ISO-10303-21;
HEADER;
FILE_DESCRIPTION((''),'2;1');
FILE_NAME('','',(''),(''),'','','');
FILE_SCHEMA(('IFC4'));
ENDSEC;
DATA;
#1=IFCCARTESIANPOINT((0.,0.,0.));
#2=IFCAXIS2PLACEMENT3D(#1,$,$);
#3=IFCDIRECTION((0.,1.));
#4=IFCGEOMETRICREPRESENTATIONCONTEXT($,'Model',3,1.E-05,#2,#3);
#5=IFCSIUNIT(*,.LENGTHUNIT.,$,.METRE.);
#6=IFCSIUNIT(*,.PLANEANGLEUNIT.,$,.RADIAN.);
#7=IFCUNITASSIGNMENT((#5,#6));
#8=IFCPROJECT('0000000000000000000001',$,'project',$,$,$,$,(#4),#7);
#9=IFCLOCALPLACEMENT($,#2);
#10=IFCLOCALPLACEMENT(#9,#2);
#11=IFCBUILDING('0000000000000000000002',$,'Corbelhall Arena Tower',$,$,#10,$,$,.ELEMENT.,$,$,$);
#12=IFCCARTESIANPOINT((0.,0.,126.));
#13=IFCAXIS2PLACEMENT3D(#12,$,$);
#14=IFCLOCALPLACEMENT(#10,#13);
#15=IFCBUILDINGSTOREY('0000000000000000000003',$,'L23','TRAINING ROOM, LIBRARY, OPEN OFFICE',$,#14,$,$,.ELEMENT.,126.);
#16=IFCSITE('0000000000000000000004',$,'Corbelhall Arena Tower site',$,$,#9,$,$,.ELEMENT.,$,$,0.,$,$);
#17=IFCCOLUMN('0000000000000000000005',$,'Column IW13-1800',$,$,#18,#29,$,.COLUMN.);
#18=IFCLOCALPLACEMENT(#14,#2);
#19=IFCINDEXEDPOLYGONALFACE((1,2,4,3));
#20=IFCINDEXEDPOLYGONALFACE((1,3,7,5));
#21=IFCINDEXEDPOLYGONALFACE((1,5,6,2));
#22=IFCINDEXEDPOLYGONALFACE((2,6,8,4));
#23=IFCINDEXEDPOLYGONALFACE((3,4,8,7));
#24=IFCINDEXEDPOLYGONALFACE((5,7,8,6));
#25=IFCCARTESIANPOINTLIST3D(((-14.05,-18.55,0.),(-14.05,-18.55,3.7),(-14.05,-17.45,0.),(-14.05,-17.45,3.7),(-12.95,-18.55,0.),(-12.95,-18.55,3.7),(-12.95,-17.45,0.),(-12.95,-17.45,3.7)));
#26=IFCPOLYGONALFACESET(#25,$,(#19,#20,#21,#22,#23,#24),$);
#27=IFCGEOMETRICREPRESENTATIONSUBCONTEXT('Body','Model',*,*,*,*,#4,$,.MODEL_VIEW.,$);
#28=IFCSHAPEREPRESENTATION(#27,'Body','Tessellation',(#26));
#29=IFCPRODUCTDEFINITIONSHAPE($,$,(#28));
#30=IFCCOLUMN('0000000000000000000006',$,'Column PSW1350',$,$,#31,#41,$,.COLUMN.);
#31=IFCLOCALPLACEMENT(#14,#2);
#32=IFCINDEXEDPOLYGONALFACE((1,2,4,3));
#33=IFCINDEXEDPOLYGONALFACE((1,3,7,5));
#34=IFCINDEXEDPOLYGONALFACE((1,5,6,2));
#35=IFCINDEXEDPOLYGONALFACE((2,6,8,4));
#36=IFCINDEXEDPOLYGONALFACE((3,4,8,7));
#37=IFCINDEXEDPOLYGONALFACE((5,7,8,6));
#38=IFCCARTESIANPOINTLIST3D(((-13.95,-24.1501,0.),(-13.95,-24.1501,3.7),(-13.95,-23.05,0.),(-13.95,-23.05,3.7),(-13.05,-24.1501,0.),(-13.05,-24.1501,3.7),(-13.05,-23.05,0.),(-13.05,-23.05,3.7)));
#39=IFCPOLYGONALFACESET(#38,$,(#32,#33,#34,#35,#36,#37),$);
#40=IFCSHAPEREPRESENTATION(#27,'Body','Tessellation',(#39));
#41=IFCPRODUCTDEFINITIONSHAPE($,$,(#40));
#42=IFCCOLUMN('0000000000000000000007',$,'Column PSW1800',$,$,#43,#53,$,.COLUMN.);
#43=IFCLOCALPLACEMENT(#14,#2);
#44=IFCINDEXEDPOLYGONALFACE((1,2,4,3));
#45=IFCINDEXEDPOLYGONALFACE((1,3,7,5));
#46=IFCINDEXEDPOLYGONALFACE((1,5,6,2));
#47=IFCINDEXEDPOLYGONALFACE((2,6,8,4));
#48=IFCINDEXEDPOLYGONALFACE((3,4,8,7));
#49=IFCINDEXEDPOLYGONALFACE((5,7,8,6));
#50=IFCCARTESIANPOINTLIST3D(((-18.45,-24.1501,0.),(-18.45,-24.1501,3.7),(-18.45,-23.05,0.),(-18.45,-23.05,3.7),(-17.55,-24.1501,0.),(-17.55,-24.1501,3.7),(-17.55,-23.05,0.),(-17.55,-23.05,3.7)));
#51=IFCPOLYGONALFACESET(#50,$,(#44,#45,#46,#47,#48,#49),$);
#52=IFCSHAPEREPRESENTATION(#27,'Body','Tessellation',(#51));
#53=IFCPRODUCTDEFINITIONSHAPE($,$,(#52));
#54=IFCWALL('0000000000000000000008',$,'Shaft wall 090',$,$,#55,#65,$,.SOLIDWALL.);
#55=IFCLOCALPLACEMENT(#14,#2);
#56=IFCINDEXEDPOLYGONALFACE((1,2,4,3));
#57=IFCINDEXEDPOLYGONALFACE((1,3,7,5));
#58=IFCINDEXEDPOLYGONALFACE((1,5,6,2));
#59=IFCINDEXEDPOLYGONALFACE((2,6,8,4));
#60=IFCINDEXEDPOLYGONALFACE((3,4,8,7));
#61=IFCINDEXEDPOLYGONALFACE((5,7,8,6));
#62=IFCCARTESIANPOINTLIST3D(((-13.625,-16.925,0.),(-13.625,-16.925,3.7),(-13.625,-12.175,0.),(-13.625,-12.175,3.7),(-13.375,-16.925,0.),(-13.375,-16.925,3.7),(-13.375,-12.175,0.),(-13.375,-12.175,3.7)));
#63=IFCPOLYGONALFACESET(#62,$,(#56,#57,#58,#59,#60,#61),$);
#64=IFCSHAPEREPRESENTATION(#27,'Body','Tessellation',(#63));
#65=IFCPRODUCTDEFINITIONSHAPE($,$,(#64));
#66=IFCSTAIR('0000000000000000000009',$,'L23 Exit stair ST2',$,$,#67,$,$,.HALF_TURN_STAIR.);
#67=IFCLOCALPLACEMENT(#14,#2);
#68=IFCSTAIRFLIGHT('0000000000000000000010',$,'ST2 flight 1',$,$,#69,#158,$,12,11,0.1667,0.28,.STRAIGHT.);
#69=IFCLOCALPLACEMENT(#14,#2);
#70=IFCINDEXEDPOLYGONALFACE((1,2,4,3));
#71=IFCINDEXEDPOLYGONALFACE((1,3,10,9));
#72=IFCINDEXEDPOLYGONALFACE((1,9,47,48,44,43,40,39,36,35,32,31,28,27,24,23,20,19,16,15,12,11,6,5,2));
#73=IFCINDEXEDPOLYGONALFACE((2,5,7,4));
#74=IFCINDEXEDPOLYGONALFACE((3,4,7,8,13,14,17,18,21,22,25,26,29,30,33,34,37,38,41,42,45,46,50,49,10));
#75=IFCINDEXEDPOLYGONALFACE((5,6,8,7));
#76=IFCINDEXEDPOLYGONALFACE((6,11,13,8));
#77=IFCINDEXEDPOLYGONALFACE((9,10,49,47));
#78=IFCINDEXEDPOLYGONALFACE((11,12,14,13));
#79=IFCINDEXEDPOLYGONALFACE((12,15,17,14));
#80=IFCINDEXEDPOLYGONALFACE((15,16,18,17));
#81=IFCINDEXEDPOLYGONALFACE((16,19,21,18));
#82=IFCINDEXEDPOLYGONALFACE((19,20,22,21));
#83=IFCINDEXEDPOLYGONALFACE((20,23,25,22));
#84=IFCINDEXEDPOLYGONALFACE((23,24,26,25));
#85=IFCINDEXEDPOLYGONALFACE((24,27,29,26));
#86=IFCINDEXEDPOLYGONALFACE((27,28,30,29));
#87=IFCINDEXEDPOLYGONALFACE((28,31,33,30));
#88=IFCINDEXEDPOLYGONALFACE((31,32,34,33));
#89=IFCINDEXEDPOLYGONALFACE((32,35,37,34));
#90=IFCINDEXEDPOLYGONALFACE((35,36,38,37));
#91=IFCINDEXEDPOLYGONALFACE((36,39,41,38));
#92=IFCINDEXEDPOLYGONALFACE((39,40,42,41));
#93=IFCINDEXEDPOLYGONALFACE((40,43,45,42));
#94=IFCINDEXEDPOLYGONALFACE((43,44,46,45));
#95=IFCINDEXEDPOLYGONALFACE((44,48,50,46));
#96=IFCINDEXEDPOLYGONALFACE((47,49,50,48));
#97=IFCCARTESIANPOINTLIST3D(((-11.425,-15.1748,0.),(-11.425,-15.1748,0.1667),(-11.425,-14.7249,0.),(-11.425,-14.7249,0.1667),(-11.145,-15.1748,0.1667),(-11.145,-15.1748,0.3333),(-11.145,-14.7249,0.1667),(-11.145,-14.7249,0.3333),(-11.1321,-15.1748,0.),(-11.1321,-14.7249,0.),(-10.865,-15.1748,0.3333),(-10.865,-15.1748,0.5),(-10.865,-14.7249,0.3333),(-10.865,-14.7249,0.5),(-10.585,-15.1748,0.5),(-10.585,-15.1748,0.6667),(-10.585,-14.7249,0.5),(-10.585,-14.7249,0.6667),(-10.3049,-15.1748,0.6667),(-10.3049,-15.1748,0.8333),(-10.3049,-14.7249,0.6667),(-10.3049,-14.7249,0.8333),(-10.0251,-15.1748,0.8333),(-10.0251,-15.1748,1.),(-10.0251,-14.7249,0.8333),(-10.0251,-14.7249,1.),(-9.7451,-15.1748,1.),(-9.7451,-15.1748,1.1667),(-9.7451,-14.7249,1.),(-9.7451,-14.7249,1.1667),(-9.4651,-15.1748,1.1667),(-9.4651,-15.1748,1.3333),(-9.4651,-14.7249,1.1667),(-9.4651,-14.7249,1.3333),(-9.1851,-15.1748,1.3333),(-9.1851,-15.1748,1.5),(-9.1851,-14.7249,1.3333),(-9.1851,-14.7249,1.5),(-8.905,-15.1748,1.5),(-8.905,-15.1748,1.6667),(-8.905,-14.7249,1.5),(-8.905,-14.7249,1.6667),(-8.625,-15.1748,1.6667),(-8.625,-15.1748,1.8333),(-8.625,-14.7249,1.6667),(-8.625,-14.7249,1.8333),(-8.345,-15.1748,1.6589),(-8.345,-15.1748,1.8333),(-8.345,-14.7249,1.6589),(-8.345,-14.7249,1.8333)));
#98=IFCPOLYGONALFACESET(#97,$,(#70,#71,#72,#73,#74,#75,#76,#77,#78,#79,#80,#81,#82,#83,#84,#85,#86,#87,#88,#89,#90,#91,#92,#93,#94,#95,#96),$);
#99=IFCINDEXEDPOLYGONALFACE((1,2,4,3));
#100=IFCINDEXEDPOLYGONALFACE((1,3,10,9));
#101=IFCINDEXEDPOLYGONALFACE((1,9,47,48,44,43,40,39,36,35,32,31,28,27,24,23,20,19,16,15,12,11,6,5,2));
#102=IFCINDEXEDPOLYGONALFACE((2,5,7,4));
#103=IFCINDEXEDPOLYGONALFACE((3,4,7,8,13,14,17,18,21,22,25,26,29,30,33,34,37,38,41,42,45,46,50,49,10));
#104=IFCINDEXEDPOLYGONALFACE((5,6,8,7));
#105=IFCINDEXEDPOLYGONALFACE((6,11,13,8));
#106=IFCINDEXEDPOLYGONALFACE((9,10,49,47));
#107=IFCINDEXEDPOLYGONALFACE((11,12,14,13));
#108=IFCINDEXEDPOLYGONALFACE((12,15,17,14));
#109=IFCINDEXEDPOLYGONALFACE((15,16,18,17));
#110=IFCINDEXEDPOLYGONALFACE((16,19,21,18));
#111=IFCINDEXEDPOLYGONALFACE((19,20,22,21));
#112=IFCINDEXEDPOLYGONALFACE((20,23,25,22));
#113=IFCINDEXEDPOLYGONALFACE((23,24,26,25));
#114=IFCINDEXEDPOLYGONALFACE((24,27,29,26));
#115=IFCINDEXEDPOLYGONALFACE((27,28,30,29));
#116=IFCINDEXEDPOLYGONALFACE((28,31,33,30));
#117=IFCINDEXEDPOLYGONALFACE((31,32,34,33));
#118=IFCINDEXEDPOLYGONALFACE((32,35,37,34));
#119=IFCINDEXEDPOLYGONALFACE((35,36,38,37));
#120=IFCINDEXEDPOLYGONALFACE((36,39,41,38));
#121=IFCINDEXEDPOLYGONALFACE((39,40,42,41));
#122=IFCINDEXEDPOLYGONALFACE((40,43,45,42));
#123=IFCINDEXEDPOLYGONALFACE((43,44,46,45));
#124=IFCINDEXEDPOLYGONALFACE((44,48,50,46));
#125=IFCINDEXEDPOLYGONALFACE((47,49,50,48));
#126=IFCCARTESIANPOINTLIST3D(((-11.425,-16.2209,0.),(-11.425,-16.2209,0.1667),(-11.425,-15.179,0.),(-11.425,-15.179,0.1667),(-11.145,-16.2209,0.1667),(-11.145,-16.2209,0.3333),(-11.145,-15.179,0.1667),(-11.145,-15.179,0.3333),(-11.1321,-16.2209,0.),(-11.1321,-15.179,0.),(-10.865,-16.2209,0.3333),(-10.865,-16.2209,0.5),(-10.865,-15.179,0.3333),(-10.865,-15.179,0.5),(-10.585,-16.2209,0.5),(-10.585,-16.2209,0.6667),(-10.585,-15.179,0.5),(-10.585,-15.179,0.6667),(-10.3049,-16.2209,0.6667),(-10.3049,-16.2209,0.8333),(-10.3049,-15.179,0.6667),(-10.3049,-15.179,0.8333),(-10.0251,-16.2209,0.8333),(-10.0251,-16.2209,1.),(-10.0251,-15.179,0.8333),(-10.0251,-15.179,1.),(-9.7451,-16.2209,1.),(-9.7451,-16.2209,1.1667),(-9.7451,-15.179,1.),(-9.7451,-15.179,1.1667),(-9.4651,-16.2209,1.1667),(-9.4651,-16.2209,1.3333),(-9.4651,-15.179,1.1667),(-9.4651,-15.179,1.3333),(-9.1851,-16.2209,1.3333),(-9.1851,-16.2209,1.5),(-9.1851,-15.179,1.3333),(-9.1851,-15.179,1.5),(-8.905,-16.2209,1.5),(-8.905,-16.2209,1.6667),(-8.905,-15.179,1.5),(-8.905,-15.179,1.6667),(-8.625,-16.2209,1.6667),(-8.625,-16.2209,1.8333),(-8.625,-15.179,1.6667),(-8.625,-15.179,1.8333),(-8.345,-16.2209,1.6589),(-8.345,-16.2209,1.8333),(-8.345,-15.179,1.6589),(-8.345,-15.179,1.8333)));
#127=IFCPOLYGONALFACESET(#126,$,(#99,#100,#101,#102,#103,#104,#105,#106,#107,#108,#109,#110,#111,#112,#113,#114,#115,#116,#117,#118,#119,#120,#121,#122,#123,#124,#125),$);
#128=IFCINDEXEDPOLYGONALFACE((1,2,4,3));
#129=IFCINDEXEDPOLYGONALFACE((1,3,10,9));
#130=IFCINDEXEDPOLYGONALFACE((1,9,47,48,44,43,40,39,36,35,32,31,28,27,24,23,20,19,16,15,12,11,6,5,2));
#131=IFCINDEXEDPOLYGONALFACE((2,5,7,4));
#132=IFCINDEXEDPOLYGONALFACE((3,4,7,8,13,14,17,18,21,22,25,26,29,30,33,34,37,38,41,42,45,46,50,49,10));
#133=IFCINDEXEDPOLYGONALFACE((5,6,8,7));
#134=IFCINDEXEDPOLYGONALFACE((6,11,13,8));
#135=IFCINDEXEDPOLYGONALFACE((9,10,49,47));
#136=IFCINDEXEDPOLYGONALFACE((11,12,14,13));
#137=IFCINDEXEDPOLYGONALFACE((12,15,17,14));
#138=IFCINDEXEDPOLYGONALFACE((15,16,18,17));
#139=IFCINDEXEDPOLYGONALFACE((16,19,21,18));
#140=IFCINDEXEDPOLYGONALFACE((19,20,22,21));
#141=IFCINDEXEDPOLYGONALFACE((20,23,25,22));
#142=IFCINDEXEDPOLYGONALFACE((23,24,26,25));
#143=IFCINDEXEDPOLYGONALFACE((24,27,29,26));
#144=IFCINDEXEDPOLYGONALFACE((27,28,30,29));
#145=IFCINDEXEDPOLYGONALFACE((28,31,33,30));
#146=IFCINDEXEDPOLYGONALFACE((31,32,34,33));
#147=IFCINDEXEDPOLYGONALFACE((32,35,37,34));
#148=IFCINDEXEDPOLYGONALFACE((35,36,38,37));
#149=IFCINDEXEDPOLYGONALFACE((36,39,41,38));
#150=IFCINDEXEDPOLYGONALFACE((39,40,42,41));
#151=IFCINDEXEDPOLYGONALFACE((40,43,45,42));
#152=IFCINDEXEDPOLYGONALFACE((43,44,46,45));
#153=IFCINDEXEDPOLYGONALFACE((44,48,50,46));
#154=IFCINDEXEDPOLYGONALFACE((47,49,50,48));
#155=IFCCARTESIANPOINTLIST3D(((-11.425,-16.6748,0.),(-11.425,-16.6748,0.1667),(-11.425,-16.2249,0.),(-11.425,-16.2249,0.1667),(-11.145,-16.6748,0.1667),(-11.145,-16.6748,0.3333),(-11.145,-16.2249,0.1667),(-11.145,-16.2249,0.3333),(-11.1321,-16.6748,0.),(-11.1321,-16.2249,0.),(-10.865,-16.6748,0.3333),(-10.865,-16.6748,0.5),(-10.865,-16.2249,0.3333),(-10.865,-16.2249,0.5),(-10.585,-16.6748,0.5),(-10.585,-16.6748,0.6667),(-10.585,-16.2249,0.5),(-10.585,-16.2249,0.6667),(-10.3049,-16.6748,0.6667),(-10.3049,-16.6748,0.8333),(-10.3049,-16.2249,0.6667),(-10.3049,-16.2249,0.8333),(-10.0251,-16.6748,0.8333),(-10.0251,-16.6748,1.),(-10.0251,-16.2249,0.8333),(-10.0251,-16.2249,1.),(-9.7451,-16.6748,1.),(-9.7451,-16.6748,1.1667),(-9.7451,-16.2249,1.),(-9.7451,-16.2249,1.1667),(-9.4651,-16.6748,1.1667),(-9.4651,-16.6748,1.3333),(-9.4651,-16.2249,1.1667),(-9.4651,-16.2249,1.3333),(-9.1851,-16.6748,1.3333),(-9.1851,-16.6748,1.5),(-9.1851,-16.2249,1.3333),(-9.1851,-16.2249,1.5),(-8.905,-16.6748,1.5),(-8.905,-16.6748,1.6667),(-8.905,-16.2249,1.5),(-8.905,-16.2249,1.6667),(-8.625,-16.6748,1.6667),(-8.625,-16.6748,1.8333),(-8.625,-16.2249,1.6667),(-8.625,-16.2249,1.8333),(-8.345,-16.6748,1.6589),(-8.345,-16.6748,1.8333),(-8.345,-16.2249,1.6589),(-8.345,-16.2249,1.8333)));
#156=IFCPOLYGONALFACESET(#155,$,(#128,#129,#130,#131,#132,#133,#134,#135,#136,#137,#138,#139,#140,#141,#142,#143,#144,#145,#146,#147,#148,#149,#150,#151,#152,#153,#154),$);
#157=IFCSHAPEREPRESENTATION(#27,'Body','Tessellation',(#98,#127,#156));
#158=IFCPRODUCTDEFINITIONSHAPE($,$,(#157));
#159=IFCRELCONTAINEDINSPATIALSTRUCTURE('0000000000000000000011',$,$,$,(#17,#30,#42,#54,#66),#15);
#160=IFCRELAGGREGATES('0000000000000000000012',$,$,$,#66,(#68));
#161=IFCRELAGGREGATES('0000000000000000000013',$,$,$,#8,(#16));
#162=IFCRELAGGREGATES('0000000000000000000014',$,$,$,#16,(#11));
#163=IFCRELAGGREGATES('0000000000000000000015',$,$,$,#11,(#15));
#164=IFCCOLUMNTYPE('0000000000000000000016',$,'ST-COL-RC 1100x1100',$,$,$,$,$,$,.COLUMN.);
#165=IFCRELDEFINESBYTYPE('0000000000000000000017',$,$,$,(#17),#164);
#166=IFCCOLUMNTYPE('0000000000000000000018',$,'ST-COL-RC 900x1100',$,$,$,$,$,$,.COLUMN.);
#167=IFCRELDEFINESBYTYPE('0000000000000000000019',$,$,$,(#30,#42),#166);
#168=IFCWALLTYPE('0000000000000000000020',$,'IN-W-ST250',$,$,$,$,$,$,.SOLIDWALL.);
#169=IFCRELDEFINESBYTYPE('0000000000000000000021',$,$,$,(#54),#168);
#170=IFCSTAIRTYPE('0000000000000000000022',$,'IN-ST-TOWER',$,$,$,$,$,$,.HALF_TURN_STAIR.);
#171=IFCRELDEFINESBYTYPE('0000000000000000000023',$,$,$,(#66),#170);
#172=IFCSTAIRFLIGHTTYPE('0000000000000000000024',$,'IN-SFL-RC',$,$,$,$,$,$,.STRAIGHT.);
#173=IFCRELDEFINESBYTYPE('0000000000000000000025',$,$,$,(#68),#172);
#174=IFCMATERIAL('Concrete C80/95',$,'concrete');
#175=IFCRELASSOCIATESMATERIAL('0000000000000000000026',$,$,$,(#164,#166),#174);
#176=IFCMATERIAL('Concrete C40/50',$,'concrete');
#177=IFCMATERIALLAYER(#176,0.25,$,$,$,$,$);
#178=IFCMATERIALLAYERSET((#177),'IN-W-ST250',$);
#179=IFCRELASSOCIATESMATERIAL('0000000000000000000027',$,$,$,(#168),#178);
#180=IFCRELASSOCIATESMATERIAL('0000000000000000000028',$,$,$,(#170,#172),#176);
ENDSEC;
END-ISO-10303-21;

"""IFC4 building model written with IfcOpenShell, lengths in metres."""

from ifc_helpers import new_model, si_unit, direction, frame, frame_2d, origin, origin_2d, place, context, subcontext, project, spatial, polyline, rectangle, outline, extrude, material, layer, layer_set, material_profile, profile_set, type_object, element, aggregate, save


model = new_model("IFC4")

# Units and contexts
model_context = context("Model", 3, precision=1e-05, world=origin(), true_north=direction((0.0, 1.0)))
body_context = subcontext(model_context, "Body", "Model", "MODEL_VIEW")
ifc_project = project(units=[si_unit("LENGTHUNIT", "METRE"), si_unit("PLANEANGLEUNIT", "RADIAN")], contexts=[model_context])

# Site, building, storey
site_placement = place(None, origin())
site = spatial("IfcSite", under=ifc_project, at=site_placement, Name="Corbelhall Arena Tower site", CompositionType="ELEMENT", RefElevation=0.0)
building_placement = place(site_placement, origin())
building = spatial("IfcBuilding", under=site, at=building_placement, Name="Corbelhall Arena Tower", CompositionType="ELEMENT")
storey_placement = place(building_placement, frame((0.0, 0.0, 126.0)))
storey = spatial("IfcBuildingStorey", under=building, at=storey_placement, Name="L23", Description="TRAINING ROOM, LIBRARY, OPEN OFFICE", CompositionType="ELEMENT", Elevation=126.0)

# Columns
ifc_material_1 = material(Name="Concrete C80/95", Category="concrete")
ifc_material_profile_1 = material_profile(ifc_material_1, rectangle(XDim=1.1001, YDim=1.1001, at=origin_2d()))
ifc_profile_set_1 = profile_set([ifc_material_profile_1], Name="Concrete C80/95")
column_type_1 = type_object("IfcColumnType", Name="ST-COL-RC 1100x1100", PredefinedType="COLUMN", material=ifc_profile_set_1)
column_placement = place(storey_placement, frame((-13.5, -18.0, 0.0), z_axis=(0.0, 0.0, 1.0), x_axis=(1.0, 0.0, 0.0)))
element("IfcColumn", 1, at=column_placement, inside=storey, type_object=column_type_1, Name="Column IW13-1800", PredefinedType="COLUMN", context=body_context, shape_type="SweptSolid", body=[
    extrude(rectangle(XDim=1.1001, YDim=1.1001, at=origin_2d()), origin(), (0.0, 0.0, 1.0), 3.7),
])
ifc_material_profile_2 = material_profile(ifc_material_1, rectangle(XDim=0.8999, YDim=1.1001, at=origin_2d()))
ifc_profile_set_2 = profile_set([ifc_material_profile_2], Name="Concrete C80/95")
column_type_2 = type_object("IfcColumnType", Name="ST-COL-RC 900x1100", PredefinedType="COLUMN", material=ifc_profile_set_2)
for number, where, z_axis, x_axis, name in (
    (2, (-13.5, -23.6001, 0.0), (0.0, 0.0, 1.0), (1.0, 0.0, 0.0), "Column PSW1350"),
    (3, (-18.0, -23.6001, 0.0), (0.0, 0.0, 1.0), (1.0, 0.0, 0.0), "Column PSW1800"),
):
    element("IfcColumn", number, at=place(storey_placement, frame(where, z_axis=z_axis, x_axis=x_axis)), inside=storey, type_object=column_type_2, Name=name, PredefinedType="COLUMN", context=body_context, shape_type="SweptSolid", body=[
        extrude(rectangle(XDim=0.8999, YDim=1.1001, at=origin_2d()), origin(), (0.0, 0.0, 1.0), 3.7),
    ])

# Wall
ifc_material_2 = material(Name="Concrete C40/50", Category="concrete")
ifc_layer_1 = layer(ifc_material_2, 0.25)
ifc_layer_set_1 = layer_set([ifc_layer_1], Name="IN-W-ST250")
wall_type_1 = type_object("IfcWallType", Name="IN-W-ST250", PredefinedType="SOLIDWALL", material=ifc_layer_set_1)
wall_1_placement = place(storey_placement, frame((-13.5, -12.175, 0.0), z_axis=(0.0, 0.0, 1.0), x_axis=(0.0, -1.0, 0.0)))
element("IfcWall", 4, at=wall_1_placement, inside=storey, type_object=wall_type_1, Name="Shaft wall 090", PredefinedType="SOLIDWALL", context=body_context, shape_type="SweptSolid", body=[
    extrude(rectangle(XDim=4.75, YDim=0.25, at=frame_2d((2.375, 0.0))), origin(), (0.0, 0.0, 1.0), 3.7),
])

# Stair, stair flight
stair_type = type_object("IfcStairType", Name="IN-ST-TOWER", PredefinedType="HALF_TURN_STAIR", material=ifc_material_2)
stair_placement = place(storey_placement, origin())
stair = element("IfcStair", 5, at=stair_placement, inside=storey, type_object=stair_type, Name="L23 Exit stair ST2", PredefinedType="HALF_TURN_STAIR")
stair_flight_type = type_object("IfcStairFlightType", Name="IN-SFL-RC", PredefinedType="STRAIGHT", material=ifc_material_2)
stair_flight_placement = place(storey_placement, frame((-11.425, -15.7, 0.0), z_axis=(0.0, 0.0, 1.0), x_axis=(1.0, 0.0, 0.0)))
stair_flight = element("IfcStairFlight", 6, at=stair_flight_placement, type_object=stair_flight_type, Name="ST2 flight 1", NumberOfRisers=12, NumberOfTreads=11, PredefinedType="STRAIGHT", RiserHeight=0.1667, TreadLength=0.28, context=body_context, shape_type="SweptSolid", body=[
    extrude(outline(polyline([(0.0, 0.0), (0.0, 0.1667), (0.28, 0.1667), (0.28, 0.3333), (0.5601, 0.3333), (0.5601, 0.5), (0.8401, 0.5), (0.8401, 0.6667), (1.1201, 0.6667), (1.1201, 0.8333), (1.3999, 0.8333), (1.3999, 1.0), (1.6799, 1.0), (1.6799, 1.1667), (1.96, 1.1667), (1.96, 1.3333), (2.24, 1.3333), (2.24, 1.5), (2.52, 1.5), (2.52, 1.6667), (2.8, 1.6667), (2.8, 1.8333), (3.0801, 1.8333), (3.0801, 2.0), (3.0801, 1.6589), (0.293, 0.0), (0.0, 0.0)])), frame((0.0, 0.9751, 0.0), z_axis=(0.0, -1.0, 0.0), x_axis=(1.0, 0.0, 0.0)), (0.0, 0.0, 1.0), 0.45),
    extrude(outline(polyline([(0.0, 0.0), (0.0, 0.1667), (0.28, 0.1667), (0.28, 0.3333), (0.5601, 0.3333), (0.5601, 0.5), (0.8401, 0.5), (0.8401, 0.6667), (1.1201, 0.6667), (1.1201, 0.8333), (1.3999, 0.8333), (1.3999, 1.0), (1.6799, 1.0), (1.6799, 1.1667), (1.96, 1.1667), (1.96, 1.3333), (2.24, 1.3333), (2.24, 1.5), (2.52, 1.5), (2.52, 1.6667), (2.8, 1.6667), (2.8, 1.8333), (3.0801, 1.8333), (3.0801, 2.0), (3.0801, 1.6589), (0.293, 0.0), (0.0, 0.0)])), frame((0.0, 0.521, 0.0), z_axis=(0.0, -1.0, 0.0), x_axis=(1.0, 0.0, 0.0)), (0.0, 0.0, 1.0), 1.042),
    extrude(outline(polyline([(0.0, 0.0), (0.0, 0.1667), (0.28, 0.1667), (0.28, 0.3333), (0.5601, 0.3333), (0.5601, 0.5), (0.8401, 0.5), (0.8401, 0.6667), (1.1201, 0.6667), (1.1201, 0.8333), (1.3999, 0.8333), (1.3999, 1.0), (1.6799, 1.0), (1.6799, 1.1667), (1.96, 1.1667), (1.96, 1.3333), (2.24, 1.3333), (2.24, 1.5), (2.52, 1.5), (2.52, 1.6667), (2.8, 1.6667), (2.8, 1.8333), (3.0801, 1.8333), (3.0801, 2.0), (3.0801, 1.6589), (0.293, 0.0), (0.0, 0.0)])), frame((0.0, -0.5249, 0.0), z_axis=(0.0, -1.0, 0.0), x_axis=(1.0, 0.0, 0.0)), (0.0, 0.0, 1.0), 0.45),
])
aggregate(stair, [stair_flight])

save(model, "model.ifc")
